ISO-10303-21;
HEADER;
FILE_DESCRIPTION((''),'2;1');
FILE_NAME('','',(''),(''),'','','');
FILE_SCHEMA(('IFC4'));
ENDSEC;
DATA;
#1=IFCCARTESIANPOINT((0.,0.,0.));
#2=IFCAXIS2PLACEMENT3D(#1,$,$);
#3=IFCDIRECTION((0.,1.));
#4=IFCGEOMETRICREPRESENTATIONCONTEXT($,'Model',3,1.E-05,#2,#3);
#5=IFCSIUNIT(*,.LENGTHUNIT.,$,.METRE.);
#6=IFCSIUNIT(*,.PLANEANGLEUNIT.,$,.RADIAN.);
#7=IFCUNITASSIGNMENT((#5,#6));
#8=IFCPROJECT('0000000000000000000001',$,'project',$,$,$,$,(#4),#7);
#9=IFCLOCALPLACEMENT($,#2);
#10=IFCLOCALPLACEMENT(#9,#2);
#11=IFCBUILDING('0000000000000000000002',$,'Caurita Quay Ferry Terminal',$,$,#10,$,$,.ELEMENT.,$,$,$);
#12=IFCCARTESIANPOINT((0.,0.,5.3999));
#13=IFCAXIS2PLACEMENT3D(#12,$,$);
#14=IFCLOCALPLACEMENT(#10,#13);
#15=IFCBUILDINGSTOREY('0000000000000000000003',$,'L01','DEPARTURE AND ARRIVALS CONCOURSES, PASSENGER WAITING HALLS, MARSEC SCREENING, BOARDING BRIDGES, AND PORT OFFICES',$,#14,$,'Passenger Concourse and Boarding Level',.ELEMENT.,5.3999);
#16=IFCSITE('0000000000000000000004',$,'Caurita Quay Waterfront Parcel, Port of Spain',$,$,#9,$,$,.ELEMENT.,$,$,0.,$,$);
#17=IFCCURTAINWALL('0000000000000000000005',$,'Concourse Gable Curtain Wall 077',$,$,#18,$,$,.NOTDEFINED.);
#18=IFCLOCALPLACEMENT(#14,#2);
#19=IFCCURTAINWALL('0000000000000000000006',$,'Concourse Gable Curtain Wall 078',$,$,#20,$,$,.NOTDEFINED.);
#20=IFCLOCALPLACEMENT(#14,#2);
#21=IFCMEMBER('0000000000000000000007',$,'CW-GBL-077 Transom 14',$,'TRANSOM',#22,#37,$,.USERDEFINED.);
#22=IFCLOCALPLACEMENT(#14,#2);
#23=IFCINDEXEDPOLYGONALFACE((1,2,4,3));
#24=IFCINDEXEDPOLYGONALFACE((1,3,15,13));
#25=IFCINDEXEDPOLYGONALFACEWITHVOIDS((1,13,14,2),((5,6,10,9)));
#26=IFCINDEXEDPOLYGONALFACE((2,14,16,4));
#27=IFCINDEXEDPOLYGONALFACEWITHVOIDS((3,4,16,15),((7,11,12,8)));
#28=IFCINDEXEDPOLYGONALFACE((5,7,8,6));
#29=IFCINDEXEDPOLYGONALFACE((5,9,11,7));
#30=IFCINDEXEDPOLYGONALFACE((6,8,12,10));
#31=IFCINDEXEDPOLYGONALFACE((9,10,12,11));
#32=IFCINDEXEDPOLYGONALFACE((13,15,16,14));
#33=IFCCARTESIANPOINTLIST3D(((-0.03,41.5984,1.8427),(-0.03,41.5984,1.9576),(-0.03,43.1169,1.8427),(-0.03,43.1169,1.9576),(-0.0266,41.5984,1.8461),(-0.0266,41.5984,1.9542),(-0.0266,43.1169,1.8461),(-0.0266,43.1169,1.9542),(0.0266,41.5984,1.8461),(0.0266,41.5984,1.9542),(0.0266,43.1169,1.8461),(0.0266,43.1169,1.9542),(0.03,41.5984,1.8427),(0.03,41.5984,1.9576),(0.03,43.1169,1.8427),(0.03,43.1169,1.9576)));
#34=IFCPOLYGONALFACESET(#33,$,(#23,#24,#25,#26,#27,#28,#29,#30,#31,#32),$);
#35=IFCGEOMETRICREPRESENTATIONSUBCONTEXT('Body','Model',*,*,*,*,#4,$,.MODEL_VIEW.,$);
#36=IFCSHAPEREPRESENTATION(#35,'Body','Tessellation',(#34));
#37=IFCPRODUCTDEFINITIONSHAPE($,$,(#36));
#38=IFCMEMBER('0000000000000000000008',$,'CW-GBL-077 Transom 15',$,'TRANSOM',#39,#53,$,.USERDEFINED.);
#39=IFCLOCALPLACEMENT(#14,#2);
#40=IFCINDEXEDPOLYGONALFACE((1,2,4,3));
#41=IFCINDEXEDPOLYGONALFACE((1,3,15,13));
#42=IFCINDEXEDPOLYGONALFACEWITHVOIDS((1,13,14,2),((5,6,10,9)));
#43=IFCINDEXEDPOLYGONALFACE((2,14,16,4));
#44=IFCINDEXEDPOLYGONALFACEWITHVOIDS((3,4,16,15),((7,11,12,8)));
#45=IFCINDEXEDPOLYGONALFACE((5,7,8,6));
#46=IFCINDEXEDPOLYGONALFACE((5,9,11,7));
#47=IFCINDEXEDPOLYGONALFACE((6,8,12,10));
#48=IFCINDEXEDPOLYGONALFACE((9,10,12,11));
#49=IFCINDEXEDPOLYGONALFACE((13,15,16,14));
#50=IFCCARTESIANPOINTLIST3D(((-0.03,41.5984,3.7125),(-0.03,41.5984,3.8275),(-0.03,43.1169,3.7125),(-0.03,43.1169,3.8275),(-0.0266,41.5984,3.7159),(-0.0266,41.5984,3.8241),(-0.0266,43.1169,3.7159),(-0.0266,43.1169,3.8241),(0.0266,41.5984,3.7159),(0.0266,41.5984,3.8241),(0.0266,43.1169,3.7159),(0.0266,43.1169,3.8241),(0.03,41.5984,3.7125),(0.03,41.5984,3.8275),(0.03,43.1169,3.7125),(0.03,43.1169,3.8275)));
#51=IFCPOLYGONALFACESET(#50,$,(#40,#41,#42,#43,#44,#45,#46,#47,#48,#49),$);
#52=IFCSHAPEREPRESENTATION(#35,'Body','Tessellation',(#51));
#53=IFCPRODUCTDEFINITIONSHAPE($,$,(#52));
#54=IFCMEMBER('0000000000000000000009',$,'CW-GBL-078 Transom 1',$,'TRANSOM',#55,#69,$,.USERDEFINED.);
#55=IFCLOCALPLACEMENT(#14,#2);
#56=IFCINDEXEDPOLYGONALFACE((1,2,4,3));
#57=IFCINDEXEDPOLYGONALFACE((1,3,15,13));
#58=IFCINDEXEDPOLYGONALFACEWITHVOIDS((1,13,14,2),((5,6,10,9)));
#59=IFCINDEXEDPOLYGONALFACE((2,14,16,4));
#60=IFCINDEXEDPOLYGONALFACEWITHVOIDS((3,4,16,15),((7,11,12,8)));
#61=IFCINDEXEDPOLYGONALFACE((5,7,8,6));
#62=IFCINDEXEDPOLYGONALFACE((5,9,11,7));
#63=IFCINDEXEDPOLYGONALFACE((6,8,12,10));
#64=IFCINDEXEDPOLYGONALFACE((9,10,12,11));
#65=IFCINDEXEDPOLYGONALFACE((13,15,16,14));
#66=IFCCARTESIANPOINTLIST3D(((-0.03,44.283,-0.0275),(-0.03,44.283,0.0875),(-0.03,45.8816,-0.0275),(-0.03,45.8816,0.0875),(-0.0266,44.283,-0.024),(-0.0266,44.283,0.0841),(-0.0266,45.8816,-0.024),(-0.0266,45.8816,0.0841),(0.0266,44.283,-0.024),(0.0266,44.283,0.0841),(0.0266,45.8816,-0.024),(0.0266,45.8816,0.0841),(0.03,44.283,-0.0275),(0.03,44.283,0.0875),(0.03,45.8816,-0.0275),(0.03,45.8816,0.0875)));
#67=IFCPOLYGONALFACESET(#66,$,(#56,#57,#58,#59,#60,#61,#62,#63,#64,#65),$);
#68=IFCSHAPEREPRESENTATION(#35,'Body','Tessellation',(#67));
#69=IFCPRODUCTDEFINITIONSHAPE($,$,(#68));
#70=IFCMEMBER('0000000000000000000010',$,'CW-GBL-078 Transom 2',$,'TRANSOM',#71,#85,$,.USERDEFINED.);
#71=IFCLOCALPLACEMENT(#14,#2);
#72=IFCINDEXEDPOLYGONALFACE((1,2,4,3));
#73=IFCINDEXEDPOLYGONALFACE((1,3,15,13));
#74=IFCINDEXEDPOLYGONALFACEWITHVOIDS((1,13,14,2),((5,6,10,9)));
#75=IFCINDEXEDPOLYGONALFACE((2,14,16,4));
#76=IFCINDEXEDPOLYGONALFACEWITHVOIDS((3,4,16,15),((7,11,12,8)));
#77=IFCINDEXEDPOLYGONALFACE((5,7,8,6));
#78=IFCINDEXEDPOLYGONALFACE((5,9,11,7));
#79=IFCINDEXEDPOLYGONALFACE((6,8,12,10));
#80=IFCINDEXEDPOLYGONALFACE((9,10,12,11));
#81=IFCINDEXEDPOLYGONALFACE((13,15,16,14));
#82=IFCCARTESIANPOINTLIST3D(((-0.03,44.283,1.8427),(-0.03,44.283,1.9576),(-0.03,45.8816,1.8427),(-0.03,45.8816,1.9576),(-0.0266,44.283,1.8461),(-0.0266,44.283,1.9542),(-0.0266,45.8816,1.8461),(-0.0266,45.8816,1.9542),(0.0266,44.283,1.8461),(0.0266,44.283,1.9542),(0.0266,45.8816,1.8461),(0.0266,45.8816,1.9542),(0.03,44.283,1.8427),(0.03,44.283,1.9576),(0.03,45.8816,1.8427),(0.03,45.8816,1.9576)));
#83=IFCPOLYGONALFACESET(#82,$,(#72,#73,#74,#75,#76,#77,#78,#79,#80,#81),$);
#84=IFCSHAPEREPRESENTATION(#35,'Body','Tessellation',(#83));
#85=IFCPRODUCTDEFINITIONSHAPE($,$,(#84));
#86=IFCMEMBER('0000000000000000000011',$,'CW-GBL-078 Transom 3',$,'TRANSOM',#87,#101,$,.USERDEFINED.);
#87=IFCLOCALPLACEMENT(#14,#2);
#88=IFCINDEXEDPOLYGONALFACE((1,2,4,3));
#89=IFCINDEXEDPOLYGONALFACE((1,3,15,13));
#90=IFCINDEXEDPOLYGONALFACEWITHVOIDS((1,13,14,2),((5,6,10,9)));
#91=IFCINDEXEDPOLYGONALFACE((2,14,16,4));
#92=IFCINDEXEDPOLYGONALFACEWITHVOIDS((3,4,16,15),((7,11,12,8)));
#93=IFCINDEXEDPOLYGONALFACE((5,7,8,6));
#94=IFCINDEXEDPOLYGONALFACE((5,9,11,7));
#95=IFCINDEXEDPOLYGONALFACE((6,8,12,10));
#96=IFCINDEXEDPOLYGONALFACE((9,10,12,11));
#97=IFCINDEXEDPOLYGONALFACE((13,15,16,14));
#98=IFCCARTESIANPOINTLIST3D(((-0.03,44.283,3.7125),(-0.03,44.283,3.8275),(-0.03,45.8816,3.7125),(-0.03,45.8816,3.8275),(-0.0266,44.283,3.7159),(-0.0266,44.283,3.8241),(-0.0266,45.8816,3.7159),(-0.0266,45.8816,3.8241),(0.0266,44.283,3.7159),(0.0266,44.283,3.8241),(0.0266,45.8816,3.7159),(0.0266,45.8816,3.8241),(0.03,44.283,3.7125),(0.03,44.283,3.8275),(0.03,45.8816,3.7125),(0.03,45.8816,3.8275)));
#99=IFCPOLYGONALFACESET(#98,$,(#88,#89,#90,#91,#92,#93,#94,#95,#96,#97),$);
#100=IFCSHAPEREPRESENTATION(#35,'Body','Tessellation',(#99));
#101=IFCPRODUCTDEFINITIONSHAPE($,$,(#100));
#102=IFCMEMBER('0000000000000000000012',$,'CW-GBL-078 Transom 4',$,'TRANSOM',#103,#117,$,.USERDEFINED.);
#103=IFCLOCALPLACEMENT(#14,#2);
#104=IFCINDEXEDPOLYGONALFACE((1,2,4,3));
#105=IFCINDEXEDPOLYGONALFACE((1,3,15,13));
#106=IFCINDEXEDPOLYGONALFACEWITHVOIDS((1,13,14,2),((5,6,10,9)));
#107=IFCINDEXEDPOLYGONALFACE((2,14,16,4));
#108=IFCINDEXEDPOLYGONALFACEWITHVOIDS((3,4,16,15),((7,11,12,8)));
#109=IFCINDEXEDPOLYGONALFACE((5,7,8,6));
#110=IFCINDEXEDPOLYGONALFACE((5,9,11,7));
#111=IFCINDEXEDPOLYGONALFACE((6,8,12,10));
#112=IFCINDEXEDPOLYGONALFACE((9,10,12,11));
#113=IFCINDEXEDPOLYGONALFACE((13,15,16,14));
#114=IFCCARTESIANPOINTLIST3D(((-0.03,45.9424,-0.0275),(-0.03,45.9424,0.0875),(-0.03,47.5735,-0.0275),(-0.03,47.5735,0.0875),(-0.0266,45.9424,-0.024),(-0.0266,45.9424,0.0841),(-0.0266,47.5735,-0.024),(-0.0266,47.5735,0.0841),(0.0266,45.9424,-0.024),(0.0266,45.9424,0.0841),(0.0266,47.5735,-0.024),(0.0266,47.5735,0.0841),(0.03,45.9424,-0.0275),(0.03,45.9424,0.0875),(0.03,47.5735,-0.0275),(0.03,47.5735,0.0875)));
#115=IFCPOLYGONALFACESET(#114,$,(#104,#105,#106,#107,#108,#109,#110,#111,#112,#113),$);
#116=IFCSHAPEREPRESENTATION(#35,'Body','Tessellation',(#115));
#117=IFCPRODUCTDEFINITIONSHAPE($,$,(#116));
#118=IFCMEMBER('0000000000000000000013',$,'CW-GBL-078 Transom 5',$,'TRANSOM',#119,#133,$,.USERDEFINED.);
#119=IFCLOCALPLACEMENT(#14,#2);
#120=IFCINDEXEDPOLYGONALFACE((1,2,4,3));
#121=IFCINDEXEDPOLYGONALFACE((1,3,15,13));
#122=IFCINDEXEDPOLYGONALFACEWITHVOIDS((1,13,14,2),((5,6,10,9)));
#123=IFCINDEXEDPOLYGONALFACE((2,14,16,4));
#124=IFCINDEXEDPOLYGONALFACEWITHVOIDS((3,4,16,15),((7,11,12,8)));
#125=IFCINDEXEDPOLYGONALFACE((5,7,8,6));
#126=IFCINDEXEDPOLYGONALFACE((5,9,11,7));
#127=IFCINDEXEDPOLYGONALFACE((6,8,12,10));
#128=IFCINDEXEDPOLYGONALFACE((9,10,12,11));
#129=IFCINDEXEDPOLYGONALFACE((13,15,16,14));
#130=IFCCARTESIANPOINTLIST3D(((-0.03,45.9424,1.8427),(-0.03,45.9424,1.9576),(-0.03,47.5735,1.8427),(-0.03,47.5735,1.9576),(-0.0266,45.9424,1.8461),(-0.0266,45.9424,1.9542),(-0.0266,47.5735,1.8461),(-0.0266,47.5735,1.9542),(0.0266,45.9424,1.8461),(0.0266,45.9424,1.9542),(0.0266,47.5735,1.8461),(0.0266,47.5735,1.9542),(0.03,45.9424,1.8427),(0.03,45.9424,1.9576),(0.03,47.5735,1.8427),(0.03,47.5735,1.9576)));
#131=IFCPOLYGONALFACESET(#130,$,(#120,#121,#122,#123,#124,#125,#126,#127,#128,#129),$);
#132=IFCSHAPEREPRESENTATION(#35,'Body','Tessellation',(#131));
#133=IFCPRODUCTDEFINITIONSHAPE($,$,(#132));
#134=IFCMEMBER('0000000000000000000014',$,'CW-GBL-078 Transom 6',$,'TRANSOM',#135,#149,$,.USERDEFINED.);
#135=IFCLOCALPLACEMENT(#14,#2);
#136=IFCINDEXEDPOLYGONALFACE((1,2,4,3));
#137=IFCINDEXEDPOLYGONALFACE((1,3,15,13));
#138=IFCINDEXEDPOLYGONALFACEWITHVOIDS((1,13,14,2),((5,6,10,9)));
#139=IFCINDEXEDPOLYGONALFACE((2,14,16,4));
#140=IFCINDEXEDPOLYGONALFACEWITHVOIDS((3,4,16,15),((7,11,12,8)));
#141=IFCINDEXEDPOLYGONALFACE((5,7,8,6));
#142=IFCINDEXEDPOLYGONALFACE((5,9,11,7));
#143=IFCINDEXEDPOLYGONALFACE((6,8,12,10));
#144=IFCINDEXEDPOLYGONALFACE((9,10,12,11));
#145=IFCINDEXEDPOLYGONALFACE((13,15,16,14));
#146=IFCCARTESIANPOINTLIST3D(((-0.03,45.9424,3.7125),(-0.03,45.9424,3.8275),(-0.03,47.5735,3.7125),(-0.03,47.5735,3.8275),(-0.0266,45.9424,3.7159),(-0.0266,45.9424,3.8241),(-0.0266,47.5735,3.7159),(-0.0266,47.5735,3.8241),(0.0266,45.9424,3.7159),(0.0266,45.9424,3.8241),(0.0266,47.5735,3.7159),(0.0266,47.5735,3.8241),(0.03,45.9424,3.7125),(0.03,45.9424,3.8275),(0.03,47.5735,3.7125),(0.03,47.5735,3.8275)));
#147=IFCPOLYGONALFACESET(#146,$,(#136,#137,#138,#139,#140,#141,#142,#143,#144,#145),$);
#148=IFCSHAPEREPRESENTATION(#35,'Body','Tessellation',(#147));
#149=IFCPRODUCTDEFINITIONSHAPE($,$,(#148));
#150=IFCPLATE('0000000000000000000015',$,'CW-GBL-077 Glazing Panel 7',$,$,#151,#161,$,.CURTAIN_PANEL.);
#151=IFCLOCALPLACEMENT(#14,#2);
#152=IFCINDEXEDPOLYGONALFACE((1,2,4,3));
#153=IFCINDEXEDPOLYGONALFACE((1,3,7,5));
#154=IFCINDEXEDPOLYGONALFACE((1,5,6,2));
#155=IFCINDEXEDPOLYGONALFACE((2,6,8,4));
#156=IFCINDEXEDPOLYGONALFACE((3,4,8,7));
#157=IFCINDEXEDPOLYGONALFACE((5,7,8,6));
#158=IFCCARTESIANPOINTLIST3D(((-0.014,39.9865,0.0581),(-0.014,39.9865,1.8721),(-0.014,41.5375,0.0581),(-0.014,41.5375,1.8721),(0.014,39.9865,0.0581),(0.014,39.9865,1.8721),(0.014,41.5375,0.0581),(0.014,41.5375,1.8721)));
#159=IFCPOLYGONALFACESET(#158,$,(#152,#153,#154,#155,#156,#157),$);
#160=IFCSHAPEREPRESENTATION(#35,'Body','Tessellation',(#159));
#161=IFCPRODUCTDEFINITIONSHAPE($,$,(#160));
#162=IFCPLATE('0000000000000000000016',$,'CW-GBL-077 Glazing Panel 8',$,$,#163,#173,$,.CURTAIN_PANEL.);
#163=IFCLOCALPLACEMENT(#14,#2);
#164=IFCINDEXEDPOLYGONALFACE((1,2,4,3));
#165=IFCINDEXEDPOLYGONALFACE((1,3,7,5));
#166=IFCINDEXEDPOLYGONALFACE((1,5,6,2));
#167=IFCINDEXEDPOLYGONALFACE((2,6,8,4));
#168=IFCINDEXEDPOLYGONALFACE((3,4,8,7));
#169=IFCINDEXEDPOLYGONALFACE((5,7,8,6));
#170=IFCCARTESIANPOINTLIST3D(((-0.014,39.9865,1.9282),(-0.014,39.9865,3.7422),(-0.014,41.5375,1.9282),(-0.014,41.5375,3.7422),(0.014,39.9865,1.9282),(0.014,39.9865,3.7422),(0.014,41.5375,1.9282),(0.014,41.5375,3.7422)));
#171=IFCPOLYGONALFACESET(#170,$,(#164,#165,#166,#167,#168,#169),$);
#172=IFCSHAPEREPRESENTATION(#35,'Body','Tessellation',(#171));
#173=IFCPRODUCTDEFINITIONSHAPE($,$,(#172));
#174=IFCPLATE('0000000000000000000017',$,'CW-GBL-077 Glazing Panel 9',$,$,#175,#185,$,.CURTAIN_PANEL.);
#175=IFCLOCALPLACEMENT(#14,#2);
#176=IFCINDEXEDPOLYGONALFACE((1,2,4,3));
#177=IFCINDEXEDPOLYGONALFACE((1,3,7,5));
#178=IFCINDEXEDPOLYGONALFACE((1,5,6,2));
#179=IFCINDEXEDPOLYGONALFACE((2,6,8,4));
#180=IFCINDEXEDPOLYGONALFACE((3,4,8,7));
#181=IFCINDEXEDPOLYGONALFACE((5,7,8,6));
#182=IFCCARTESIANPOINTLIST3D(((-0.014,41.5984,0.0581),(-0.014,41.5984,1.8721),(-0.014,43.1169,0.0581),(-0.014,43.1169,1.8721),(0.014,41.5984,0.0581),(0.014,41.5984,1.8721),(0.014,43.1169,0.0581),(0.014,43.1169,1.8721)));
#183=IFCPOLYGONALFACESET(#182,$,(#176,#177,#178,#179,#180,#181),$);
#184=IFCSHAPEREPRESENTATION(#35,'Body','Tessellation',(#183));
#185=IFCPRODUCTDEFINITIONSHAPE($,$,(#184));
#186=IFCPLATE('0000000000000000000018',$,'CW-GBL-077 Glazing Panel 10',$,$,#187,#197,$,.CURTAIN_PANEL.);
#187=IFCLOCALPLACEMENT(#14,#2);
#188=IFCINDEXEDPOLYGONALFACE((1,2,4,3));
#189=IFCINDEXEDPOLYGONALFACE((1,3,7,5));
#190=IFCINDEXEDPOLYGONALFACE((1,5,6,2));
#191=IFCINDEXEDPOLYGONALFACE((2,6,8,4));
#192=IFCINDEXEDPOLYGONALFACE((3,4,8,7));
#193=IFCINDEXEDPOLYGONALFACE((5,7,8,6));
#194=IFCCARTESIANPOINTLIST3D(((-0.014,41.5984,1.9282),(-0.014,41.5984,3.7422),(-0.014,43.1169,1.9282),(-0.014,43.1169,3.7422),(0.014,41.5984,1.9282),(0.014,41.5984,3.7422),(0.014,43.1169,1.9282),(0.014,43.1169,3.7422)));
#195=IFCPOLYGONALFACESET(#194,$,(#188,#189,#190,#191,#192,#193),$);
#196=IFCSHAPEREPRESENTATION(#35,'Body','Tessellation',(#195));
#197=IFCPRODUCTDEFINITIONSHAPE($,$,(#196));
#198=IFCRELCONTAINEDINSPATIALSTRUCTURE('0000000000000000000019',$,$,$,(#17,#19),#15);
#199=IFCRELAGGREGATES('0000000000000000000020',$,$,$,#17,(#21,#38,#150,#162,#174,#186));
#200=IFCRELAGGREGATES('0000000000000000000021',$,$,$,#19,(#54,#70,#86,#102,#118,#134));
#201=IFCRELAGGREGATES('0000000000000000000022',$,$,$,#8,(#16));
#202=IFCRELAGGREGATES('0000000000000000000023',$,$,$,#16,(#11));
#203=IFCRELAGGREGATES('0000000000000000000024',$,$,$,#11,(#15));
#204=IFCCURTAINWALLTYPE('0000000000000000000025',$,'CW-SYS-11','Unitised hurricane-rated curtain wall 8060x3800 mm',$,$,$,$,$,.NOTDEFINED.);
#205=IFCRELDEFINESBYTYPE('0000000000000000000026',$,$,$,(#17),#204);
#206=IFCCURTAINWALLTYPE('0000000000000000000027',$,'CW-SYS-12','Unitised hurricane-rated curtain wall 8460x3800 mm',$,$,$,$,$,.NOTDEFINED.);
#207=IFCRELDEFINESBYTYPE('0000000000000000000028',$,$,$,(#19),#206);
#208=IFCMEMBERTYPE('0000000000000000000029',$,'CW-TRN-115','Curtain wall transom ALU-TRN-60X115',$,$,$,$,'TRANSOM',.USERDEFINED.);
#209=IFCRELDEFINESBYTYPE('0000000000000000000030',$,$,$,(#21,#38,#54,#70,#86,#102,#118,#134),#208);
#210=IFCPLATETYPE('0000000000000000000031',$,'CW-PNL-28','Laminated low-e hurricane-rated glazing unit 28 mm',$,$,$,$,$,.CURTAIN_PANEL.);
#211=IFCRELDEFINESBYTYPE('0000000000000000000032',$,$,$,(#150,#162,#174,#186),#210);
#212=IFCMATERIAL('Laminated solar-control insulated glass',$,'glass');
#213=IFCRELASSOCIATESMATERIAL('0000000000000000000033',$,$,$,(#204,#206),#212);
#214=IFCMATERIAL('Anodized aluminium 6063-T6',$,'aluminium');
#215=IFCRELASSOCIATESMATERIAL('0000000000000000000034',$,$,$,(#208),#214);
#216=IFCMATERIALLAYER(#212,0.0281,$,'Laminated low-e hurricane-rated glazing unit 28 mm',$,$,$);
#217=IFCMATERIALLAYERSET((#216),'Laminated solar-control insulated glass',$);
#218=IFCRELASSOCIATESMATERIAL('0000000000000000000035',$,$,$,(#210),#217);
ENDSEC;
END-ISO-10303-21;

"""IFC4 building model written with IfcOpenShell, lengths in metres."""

from ifc_helpers import new_model, si_unit, direction, frame, origin, origin_2d, place, context, subcontext, project, spatial, rectangle, hollow_rectangle, extrude, material, layer, layer_set, material_profile, profile_set, type_object, element, aggregate, save


model = new_model("IFC4")

# Units and contexts
model_context = context("Model", 3, precision=1e-05, world=origin(), true_north=direction((0.0, 1.0)))
body_context = subcontext(model_context, "Body", "Model", "MODEL_VIEW")
ifc_project = project(units=[si_unit("LENGTHUNIT", "METRE"), si_unit("PLANEANGLEUNIT", "RADIAN")], contexts=[model_context])

# Site, building, storey
site_placement = place(None, origin())
site = spatial("IfcSite", under=ifc_project, at=site_placement, Name="Caurita Quay Waterfront Parcel, Port of Spain", CompositionType="ELEMENT", RefElevation=0.0)
building_placement = place(site_placement, origin())
building = spatial("IfcBuilding", under=site, at=building_placement, Name="Caurita Quay Ferry Terminal", CompositionType="ELEMENT")
storey_placement = place(building_placement, frame((0.0, 0.0, 5.3999)))
storey = spatial("IfcBuildingStorey", under=building, at=storey_placement, Name="L01", Description="DEPARTURE AND ARRIVALS CONCOURSES, PASSENGER WAITING HALLS, MARSEC SCREENING, BOARDING BRIDGES, AND PORT OFFICES", LongName="Passenger Concourse and Boarding Level", CompositionType="ELEMENT", Elevation=5.3999)

# Curtain walls
ifc_material_1 = material(Name="Laminated solar-control insulated glass", Category="glass")
curtain_wall_type_1 = type_object("IfcCurtainWallType", Name="CW-SYS-11", Description="Unitised hurricane-rated curtain wall 8060x3800 mm", PredefinedType="NOTDEFINED", material=ifc_material_1)
curtain_wall_1_placement = place(storey_placement, origin())
curtain_wall_1 = element("IfcCurtainWall", 1, at=curtain_wall_1_placement, inside=storey, type_object=curtain_wall_type_1, Name="Concourse Gable Curtain Wall 077", PredefinedType="NOTDEFINED")
ifc_material_2 = material(Name="Anodized aluminium 6063-T6", Category="aluminium")
curtain_wall_type_2 = type_object("IfcCurtainWallType", Name="CW-SYS-12", Description="Unitised hurricane-rated curtain wall 8460x3800 mm", PredefinedType="NOTDEFINED", material=ifc_material_1)
curtain_wall_2_placement = place(storey_placement, origin())
curtain_wall_2 = element("IfcCurtainWall", 2, at=curtain_wall_2_placement, inside=storey, type_object=curtain_wall_type_2, Name="Concourse Gable Curtain Wall 078", PredefinedType="NOTDEFINED")

# Members
ifc_material_profile_1 = material_profile(ifc_material_2, hollow_rectangle(XDim=0.0601, YDim=0.115, WallThickness=0.0034, at=origin_2d()), Name="ALU-TRN-60X115")
ifc_profile_set_1 = profile_set([ifc_material_profile_1], Name="Anodized aluminium 6063-T6")
member_type_1 = type_object("IfcMemberType", Name="CW-TRN-115", Description="Curtain wall transom ALU-TRN-60X115", ElementType="TRANSOM", PredefinedType="USERDEFINED", material=ifc_profile_set_1)
member_1_placement = place(storey_placement, frame((0.0, 41.5984, 1.9001), z_axis=(0.0, 1.0, 0.0), x_axis=(-1.0, 0.0, 0.0)))
member_1 = element("IfcMember", 3, at=member_1_placement, type_object=member_type_1, Name="CW-GBL-077 Transom 14", ObjectType="TRANSOM", PredefinedType="USERDEFINED", context=body_context, shape_type="SweptSolid", body=[
    extrude(hollow_rectangle(XDim=0.0601, YDim=0.115, WallThickness=0.0034, at=origin_2d()), origin(), (0.0, 0.0, 1.0), 1.5186),
])
member_2_placement = place(storey_placement, frame((0.0, 41.5984, 3.77), z_axis=(0.0, 1.0, 0.0), x_axis=(-1.0, 0.0, 0.0)))
member_2 = element("IfcMember", 4, at=member_2_placement, type_object=member_type_1, Name="CW-GBL-077 Transom 15", ObjectType="TRANSOM", PredefinedType="USERDEFINED", context=body_context, shape_type="SweptSolid", body=[
    extrude(hollow_rectangle(XDim=0.0601, YDim=0.115, WallThickness=0.0034, at=origin_2d()), origin(), (0.0, 0.0, 1.0), 1.5186),
])
member_3_placement = place(storey_placement, frame((0.0, 44.283, 0.03), z_axis=(0.0, 1.0, 0.0), x_axis=(-1.0, 0.0, 0.0)))
member_3 = element("IfcMember", 5, at=member_3_placement, type_object=member_type_1, Name="CW-GBL-078 Transom 1", ObjectType="TRANSOM", PredefinedType="USERDEFINED", context=body_context, shape_type="SweptSolid", body=[
    extrude(hollow_rectangle(XDim=0.0601, YDim=0.115, WallThickness=0.0034, at=origin_2d()), origin(), (0.0, 0.0, 1.0), 1.5986),
])
member_4_placement = place(storey_placement, frame((0.0, 44.283, 1.9001), z_axis=(0.0, 1.0, 0.0), x_axis=(-1.0, 0.0, 0.0)))
member_4 = element("IfcMember", 6, at=member_4_placement, type_object=member_type_1, Name="CW-GBL-078 Transom 2", ObjectType="TRANSOM", PredefinedType="USERDEFINED", context=body_context, shape_type="SweptSolid", body=[
    extrude(hollow_rectangle(XDim=0.0601, YDim=0.115, WallThickness=0.0034, at=origin_2d()), origin(), (0.0, 0.0, 1.0), 1.5986),
])
member_5_placement = place(storey_placement, frame((0.0, 44.283, 3.77), z_axis=(0.0, 1.0, 0.0), x_axis=(-1.0, 0.0, 0.0)))
member_5 = element("IfcMember", 7, at=member_5_placement, type_object=member_type_1, Name="CW-GBL-078 Transom 3", ObjectType="TRANSOM", PredefinedType="USERDEFINED", context=body_context, shape_type="SweptSolid", body=[
    extrude(hollow_rectangle(XDim=0.0601, YDim=0.115, WallThickness=0.0034, at=origin_2d()), origin(), (0.0, 0.0, 1.0), 1.5986),
])
member_6_placement = place(storey_placement, frame((0.0, 45.9424, 0.03), z_axis=(0.0, 1.0, 0.0), x_axis=(-1.0, 0.0, 0.0)))
member_6 = element("IfcMember", 8, at=member_6_placement, type_object=member_type_1, Name="CW-GBL-078 Transom 4", ObjectType="TRANSOM", PredefinedType="USERDEFINED", context=body_context, shape_type="SweptSolid", body=[
    extrude(hollow_rectangle(XDim=0.0601, YDim=0.115, WallThickness=0.0034, at=origin_2d()), origin(), (0.0, 0.0, 1.0), 1.6311),
])
member_7_placement = place(storey_placement, frame((0.0, 45.9424, 1.9001), z_axis=(0.0, 1.0, 0.0), x_axis=(-1.0, 0.0, 0.0)))
member_7 = element("IfcMember", 9, at=member_7_placement, type_object=member_type_1, Name="CW-GBL-078 Transom 5", ObjectType="TRANSOM", PredefinedType="USERDEFINED", context=body_context, shape_type="SweptSolid", body=[
    extrude(hollow_rectangle(XDim=0.0601, YDim=0.115, WallThickness=0.0034, at=origin_2d()), origin(), (0.0, 0.0, 1.0), 1.6311),
])
member_8_placement = place(storey_placement, frame((0.0, 45.9424, 3.77), z_axis=(0.0, 1.0, 0.0), x_axis=(-1.0, 0.0, 0.0)))
member_8 = element("IfcMember", 10, at=member_8_placement, type_object=member_type_1, Name="CW-GBL-078 Transom 6", ObjectType="TRANSOM", PredefinedType="USERDEFINED", context=body_context, shape_type="SweptSolid", body=[
    extrude(hollow_rectangle(XDim=0.0601, YDim=0.115, WallThickness=0.0034, at=origin_2d()), origin(), (0.0, 0.0, 1.0), 1.6311),
])

# Plates
ifc_layer_1 = layer(ifc_material_1, 0.0281, Name="Laminated low-e hurricane-rated glazing unit 28 mm")
ifc_layer_set_1 = layer_set([ifc_layer_1], Name="Laminated solar-control insulated glass")
plate_type = type_object("IfcPlateType", Name="CW-PNL-28", Description="Laminated low-e hurricane-rated glazing unit 28 mm", PredefinedType="CURTAIN_PANEL", material=ifc_layer_set_1)
plate_1_placement = place(storey_placement, frame((0.0, 40.762, 0.0581), z_axis=(0.0, 0.0, 1.0), x_axis=(0.0, 1.0, 0.0)))
plate_1 = element("IfcPlate", 11, at=plate_1_placement, type_object=plate_type, Name="CW-GBL-077 Glazing Panel 7", PredefinedType="CURTAIN_PANEL", context=body_context, shape_type="SweptSolid", body=[
    extrude(rectangle(XDim=1.551, YDim=0.0281, at=origin_2d()), origin(), (0.0, 0.0, 1.0), 1.814),
])
plate_2_placement = place(storey_placement, frame((0.0, 40.762, 1.9282), z_axis=(0.0, 0.0, 1.0), x_axis=(0.0, 1.0, 0.0)))
plate_2 = element("IfcPlate", 12, at=plate_2_placement, type_object=plate_type, Name="CW-GBL-077 Glazing Panel 8", PredefinedType="CURTAIN_PANEL", context=body_context, shape_type="SweptSolid", body=[
    extrude(rectangle(XDim=1.551, YDim=0.0281, at=origin_2d()), origin(), (0.0, 0.0, 1.0), 1.814),
])
plate_3_placement = place(storey_placement, frame((0.0, 42.3577, 0.0581), z_axis=(0.0, 0.0, 1.0), x_axis=(0.0, 1.0, 0.0)))
plate_3 = element("IfcPlate", 13, at=plate_3_placement, type_object=plate_type, Name="CW-GBL-077 Glazing Panel 9", PredefinedType="CURTAIN_PANEL", context=body_context, shape_type="SweptSolid", body=[
    extrude(rectangle(XDim=1.5186, YDim=0.0281, at=origin_2d()), origin(), (0.0, 0.0, 1.0), 1.814),
])
plate_4_placement = place(storey_placement, frame((0.0, 42.3577, 1.9282), z_axis=(0.0, 0.0, 1.0), x_axis=(0.0, 1.0, 0.0)))
plate_4 = element("IfcPlate", 14, at=plate_4_placement, type_object=plate_type, Name="CW-GBL-077 Glazing Panel 10", PredefinedType="CURTAIN_PANEL", context=body_context, shape_type="SweptSolid", body=[
    extrude(rectangle(XDim=1.5186, YDim=0.0281, at=origin_2d()), origin(), (0.0, 0.0, 1.0), 1.814),
])
aggregate(curtain_wall_1, [member_1, member_2, plate_1, plate_2, plate_3, plate_4])
aggregate(curtain_wall_2, [member_3, member_4, member_5, member_6, member_7, member_8])

save(model, "model.ifc")
